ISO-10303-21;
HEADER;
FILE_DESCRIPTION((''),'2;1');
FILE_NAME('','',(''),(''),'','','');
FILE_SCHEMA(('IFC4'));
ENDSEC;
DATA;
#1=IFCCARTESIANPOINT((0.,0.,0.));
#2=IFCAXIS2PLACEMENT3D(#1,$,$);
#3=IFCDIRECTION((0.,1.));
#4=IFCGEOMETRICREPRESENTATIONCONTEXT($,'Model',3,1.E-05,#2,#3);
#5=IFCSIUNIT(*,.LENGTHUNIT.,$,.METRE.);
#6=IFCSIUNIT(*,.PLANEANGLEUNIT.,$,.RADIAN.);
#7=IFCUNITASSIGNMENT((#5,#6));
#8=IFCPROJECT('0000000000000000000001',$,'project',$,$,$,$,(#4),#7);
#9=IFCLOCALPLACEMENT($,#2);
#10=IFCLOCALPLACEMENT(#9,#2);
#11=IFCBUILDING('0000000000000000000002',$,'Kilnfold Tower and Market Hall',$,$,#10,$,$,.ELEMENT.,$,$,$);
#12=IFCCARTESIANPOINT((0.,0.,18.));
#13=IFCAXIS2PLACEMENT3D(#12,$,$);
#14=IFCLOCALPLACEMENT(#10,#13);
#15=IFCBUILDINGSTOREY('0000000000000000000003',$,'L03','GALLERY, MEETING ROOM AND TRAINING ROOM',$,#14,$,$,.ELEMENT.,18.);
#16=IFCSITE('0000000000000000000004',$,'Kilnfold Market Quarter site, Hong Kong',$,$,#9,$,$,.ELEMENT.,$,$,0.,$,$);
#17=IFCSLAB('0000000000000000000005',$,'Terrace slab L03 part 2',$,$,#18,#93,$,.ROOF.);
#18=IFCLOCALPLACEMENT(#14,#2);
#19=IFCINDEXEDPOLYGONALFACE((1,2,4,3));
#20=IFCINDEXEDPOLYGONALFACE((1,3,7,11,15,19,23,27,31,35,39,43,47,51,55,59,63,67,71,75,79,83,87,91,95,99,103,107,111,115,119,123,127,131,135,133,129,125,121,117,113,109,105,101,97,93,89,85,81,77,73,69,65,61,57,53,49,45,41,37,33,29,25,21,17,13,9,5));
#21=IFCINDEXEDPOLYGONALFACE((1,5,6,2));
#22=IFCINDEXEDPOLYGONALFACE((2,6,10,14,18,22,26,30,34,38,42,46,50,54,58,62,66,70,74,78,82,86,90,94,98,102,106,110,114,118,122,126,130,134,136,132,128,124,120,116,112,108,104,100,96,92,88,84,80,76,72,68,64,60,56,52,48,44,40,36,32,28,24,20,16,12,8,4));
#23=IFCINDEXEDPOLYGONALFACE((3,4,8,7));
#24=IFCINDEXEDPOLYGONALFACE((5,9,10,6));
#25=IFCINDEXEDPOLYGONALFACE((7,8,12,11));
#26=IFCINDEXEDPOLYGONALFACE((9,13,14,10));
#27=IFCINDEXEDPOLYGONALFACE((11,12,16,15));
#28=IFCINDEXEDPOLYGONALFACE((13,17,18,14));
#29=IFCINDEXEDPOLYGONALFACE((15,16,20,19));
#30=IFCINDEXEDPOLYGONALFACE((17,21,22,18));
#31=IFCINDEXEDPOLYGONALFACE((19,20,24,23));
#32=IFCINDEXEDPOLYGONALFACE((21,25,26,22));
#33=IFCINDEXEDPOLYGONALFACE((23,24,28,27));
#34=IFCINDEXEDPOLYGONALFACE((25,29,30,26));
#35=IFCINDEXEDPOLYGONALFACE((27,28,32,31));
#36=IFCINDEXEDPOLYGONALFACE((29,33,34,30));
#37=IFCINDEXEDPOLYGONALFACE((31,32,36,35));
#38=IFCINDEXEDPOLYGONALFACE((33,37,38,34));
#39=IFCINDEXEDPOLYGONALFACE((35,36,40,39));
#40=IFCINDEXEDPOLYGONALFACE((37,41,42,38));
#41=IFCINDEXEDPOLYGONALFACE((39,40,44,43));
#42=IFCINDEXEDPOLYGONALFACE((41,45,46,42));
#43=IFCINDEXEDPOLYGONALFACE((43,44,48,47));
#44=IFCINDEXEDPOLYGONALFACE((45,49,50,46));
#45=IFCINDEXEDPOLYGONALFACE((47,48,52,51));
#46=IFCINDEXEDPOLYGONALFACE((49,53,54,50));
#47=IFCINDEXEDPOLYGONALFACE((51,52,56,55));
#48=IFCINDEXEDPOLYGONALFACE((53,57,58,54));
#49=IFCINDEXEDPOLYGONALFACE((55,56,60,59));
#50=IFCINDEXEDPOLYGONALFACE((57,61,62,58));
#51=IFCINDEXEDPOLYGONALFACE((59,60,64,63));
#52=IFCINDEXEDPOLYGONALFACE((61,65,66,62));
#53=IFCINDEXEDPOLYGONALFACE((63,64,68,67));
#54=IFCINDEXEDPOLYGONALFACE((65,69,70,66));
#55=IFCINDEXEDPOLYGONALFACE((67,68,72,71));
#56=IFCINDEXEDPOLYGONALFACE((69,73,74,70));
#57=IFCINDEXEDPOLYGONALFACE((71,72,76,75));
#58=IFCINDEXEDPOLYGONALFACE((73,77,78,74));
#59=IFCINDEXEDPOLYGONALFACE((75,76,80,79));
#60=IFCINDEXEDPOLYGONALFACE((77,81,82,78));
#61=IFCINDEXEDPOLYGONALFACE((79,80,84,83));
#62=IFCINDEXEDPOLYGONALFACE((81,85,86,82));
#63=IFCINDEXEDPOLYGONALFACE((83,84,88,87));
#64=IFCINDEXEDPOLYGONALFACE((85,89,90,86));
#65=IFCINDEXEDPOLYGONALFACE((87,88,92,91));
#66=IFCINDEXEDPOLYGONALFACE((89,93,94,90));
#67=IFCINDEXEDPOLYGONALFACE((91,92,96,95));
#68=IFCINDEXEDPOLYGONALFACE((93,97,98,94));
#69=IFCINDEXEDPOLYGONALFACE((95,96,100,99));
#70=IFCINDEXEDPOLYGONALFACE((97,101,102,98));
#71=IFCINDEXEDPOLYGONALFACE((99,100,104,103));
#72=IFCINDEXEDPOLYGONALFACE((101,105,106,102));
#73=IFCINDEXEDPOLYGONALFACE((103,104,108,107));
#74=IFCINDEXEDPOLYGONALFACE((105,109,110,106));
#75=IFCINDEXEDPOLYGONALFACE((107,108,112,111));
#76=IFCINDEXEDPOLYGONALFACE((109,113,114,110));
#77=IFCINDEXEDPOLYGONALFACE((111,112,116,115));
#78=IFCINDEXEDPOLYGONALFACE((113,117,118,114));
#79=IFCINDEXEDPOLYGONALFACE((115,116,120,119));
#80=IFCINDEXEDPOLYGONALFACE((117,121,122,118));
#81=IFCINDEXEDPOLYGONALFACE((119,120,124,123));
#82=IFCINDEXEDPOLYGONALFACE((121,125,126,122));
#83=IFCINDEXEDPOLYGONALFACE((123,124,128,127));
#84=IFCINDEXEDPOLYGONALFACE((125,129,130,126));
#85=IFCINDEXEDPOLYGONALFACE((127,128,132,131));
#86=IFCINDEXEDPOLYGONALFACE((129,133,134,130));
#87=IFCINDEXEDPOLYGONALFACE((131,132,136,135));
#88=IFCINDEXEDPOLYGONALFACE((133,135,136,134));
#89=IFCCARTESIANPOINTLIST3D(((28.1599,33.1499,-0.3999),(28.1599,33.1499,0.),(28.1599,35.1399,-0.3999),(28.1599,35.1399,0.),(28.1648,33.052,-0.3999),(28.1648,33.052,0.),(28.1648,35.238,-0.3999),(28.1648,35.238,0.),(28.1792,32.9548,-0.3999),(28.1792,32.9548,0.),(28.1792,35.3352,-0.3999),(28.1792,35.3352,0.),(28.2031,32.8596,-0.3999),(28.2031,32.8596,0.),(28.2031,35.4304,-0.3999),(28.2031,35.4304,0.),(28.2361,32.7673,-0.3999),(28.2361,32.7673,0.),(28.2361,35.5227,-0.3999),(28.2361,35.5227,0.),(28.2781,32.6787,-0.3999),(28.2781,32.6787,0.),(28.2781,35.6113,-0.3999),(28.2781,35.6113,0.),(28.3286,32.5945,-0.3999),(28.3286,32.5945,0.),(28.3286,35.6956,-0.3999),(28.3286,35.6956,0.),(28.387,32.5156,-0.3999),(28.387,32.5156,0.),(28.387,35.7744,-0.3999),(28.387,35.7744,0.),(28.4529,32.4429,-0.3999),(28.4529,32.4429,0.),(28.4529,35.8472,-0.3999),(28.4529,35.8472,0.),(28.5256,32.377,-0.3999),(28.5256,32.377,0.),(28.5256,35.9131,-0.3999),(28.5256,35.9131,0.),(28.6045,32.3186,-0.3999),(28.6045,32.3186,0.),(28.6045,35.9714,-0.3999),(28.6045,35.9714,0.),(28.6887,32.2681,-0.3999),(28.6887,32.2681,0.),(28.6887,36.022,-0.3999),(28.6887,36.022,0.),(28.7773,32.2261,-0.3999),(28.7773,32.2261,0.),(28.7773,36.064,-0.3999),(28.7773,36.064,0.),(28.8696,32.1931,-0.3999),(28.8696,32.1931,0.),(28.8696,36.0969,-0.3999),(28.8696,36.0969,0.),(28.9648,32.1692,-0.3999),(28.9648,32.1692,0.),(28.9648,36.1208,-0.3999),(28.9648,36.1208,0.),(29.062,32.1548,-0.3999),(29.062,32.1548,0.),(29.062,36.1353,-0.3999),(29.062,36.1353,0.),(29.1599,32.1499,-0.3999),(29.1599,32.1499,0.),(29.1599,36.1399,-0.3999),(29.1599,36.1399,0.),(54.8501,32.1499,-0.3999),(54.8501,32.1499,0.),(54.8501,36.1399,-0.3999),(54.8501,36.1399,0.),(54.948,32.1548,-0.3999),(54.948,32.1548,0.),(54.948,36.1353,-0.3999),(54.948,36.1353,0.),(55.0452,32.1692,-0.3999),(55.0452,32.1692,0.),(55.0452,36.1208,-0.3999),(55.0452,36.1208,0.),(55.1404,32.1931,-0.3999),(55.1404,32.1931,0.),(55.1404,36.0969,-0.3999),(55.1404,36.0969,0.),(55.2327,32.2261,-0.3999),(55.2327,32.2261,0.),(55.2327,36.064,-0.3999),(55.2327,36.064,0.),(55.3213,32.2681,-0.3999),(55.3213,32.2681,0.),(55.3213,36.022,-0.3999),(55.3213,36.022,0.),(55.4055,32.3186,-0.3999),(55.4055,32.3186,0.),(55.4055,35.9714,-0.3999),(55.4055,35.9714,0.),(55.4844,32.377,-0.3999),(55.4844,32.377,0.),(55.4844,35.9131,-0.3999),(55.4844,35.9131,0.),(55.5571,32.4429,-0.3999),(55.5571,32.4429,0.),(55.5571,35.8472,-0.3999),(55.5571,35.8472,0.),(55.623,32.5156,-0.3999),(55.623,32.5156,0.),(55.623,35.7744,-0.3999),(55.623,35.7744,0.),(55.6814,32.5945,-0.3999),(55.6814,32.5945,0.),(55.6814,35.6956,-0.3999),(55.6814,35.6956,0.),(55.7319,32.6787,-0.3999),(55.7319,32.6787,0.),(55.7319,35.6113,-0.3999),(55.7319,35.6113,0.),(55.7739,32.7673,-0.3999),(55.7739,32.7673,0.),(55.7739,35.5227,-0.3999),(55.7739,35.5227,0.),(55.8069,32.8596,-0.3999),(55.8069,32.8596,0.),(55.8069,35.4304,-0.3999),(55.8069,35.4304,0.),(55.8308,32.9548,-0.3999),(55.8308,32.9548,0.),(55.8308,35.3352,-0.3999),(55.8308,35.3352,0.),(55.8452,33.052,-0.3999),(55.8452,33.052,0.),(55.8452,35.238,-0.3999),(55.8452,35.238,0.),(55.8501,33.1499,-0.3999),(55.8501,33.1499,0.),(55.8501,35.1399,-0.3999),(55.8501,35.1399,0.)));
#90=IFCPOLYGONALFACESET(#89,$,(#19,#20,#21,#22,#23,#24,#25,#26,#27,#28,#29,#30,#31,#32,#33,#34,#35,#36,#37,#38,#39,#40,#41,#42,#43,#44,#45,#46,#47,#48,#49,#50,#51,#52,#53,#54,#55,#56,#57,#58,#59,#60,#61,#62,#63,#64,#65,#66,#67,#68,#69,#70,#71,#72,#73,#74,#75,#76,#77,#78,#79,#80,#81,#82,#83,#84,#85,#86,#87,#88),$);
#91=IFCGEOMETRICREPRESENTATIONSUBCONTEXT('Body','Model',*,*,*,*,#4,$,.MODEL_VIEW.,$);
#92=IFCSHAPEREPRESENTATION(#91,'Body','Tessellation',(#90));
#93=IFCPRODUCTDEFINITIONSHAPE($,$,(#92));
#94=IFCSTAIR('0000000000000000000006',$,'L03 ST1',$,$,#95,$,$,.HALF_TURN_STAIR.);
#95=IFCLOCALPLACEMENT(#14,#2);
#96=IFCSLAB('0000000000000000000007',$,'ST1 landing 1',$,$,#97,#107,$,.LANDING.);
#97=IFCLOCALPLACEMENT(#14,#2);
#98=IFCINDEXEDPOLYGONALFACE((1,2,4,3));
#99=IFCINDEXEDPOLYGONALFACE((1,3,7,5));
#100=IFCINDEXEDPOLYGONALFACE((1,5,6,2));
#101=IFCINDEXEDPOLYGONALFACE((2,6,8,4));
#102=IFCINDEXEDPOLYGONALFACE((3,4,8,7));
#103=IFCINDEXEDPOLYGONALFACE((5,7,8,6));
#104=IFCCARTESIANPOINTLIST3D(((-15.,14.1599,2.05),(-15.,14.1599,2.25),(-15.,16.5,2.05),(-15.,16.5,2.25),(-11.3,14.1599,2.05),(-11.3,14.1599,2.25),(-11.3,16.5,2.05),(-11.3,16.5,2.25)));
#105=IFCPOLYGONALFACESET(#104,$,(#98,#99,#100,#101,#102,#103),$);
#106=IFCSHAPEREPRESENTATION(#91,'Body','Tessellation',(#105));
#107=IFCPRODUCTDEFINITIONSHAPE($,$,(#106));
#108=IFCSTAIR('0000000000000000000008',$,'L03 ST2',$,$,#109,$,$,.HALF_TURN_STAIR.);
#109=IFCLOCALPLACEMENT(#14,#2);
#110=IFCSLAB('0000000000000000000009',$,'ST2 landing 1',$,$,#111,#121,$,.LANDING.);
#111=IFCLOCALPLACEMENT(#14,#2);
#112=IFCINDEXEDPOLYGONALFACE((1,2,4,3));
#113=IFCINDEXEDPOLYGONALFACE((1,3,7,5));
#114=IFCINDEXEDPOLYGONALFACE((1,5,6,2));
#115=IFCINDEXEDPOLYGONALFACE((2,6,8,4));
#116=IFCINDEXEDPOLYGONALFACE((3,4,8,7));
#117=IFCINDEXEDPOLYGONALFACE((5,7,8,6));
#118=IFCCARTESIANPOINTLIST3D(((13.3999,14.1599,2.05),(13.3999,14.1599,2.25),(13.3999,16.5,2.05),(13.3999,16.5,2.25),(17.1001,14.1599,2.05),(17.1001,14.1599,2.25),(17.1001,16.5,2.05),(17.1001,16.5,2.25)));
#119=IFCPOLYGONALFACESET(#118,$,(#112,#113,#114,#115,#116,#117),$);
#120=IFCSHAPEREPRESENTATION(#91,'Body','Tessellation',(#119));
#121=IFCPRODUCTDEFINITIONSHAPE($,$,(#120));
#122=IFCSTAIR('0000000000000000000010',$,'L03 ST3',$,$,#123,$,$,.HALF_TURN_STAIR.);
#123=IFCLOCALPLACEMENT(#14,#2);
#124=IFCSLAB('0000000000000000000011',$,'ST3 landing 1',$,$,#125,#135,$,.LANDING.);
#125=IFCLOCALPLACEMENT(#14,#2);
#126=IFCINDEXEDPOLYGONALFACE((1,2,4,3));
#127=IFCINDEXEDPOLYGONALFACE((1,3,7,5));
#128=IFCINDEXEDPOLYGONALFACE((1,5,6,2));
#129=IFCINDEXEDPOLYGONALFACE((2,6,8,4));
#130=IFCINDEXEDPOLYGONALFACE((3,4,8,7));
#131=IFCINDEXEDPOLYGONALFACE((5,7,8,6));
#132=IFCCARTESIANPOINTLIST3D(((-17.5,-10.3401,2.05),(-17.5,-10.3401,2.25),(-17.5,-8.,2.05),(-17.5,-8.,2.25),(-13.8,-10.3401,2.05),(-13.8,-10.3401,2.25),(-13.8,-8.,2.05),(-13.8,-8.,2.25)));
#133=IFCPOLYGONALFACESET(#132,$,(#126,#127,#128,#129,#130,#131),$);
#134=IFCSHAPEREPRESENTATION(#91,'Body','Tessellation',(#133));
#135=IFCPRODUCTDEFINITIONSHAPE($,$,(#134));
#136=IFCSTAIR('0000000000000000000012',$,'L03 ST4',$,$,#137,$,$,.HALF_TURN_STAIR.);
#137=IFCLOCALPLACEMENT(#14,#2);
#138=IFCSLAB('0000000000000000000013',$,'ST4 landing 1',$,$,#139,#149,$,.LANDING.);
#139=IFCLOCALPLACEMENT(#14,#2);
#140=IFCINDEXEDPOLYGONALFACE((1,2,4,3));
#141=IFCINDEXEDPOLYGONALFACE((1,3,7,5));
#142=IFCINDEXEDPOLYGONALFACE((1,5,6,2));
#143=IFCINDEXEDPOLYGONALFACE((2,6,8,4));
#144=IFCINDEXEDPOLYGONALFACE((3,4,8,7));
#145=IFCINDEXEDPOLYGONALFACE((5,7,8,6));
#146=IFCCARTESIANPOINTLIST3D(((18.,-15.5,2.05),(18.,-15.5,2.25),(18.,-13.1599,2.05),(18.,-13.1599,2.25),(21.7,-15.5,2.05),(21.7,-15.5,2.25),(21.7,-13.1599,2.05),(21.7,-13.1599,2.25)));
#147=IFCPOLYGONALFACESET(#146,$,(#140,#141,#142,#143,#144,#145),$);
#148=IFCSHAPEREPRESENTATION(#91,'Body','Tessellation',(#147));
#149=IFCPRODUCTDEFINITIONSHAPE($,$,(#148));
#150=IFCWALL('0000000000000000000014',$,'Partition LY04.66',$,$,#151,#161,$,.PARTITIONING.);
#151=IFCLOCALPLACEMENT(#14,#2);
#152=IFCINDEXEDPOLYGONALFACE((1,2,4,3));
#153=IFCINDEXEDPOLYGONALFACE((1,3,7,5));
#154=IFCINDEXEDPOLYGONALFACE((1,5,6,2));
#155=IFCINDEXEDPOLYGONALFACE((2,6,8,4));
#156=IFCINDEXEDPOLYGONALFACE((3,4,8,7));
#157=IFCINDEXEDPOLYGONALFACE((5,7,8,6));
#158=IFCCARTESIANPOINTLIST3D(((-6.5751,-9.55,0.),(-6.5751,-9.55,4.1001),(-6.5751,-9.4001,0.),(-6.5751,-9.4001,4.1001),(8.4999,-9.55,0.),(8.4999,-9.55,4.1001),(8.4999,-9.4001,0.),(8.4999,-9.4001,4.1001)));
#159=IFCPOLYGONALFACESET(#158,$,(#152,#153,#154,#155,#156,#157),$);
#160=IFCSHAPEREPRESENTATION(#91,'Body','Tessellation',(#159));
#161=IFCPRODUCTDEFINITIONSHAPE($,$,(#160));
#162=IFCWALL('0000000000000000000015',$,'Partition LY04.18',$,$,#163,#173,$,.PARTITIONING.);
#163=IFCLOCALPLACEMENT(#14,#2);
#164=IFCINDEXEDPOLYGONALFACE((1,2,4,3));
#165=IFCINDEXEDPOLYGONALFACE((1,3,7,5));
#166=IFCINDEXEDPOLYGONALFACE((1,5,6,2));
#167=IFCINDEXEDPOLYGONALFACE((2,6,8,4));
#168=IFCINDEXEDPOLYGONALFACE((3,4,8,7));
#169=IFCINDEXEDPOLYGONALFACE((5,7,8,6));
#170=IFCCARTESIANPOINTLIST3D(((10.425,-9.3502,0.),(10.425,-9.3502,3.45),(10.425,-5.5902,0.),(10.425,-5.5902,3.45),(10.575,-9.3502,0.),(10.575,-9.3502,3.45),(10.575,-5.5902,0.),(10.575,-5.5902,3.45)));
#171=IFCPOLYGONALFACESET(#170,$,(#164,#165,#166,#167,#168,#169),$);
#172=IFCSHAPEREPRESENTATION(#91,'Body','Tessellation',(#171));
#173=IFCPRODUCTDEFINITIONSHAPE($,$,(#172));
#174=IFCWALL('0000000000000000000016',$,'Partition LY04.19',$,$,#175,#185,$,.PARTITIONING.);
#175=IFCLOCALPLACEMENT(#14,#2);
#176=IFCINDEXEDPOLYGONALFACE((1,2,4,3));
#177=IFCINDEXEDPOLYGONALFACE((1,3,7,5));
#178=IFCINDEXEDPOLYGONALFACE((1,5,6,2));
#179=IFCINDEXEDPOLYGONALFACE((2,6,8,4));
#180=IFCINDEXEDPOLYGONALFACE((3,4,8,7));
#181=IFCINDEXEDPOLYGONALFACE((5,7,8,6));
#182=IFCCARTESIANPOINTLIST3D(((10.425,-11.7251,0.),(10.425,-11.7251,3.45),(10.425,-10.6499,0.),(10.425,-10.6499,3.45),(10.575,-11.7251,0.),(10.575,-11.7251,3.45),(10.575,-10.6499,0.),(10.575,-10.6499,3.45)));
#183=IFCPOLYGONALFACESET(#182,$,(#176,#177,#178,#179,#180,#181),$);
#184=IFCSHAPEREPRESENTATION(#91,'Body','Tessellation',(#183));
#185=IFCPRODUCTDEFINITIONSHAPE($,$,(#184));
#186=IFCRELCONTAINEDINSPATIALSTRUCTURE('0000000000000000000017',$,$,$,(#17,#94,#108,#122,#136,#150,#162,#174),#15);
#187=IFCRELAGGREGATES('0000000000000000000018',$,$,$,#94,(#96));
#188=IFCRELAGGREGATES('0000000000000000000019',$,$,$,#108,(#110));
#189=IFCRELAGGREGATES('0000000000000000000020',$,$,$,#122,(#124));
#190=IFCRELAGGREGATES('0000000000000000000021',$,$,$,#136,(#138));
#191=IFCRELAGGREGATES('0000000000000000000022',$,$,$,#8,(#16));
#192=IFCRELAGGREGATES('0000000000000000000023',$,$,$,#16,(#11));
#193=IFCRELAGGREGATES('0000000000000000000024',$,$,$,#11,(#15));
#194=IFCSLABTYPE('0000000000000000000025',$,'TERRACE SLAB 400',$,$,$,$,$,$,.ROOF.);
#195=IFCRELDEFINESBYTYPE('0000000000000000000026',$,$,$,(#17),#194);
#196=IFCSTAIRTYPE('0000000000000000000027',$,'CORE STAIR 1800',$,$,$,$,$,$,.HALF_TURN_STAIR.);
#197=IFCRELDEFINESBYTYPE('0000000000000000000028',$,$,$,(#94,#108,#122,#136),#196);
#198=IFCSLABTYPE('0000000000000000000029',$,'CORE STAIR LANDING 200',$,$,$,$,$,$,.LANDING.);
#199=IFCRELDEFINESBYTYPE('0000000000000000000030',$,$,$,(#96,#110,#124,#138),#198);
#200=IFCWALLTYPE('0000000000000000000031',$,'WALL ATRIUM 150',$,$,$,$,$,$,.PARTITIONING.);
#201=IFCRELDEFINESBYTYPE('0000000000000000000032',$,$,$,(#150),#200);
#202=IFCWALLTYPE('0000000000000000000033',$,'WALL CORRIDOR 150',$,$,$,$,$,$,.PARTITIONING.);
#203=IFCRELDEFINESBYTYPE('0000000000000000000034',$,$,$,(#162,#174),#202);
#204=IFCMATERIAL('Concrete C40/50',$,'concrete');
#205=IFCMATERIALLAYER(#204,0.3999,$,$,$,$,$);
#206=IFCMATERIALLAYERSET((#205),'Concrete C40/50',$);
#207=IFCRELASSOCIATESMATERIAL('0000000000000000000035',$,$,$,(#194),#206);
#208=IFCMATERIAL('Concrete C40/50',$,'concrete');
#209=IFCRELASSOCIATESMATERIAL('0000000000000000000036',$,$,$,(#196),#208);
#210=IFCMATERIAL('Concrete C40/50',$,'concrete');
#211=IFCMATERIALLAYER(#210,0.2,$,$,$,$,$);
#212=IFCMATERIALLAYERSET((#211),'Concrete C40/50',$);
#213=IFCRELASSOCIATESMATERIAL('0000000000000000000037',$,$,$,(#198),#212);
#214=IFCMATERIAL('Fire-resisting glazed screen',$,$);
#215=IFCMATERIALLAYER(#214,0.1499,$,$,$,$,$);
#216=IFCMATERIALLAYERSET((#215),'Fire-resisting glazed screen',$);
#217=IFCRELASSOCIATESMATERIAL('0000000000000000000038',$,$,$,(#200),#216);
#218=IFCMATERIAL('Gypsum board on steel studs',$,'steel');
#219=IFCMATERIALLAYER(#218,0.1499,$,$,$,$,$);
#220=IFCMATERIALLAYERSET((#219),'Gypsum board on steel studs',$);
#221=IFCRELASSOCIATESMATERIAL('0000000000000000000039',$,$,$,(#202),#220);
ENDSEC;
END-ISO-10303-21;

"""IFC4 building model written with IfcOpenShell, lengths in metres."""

from ifc_helpers import new_model, si_unit, direction, frame, frame_2d, origin, place, context, subcontext, project, spatial, polyline, rectangle, outline, extrude, source, transform, mapped, material, layer, layer_set, type_object, element, aggregate, save


model = new_model("IFC4")

# Units and contexts
model_context = context("Model", 3, precision=1e-05, world=origin(), true_north=direction((0.0, 1.0)))
body_context = subcontext(model_context, "Body", "Model", "MODEL_VIEW")
ifc_project = project(units=[si_unit("LENGTHUNIT", "METRE"), si_unit("PLANEANGLEUNIT", "RADIAN")], contexts=[model_context])

# Site, building, storey
site_placement = place(None, origin())
site = spatial("IfcSite", under=ifc_project, at=site_placement, Name="Kilnfold Market Quarter site, Hong Kong", CompositionType="ELEMENT", RefElevation=0.0)
building_placement = place(site_placement, origin())
building = spatial("IfcBuilding", under=site, at=building_placement, Name="Kilnfold Tower and Market Hall", CompositionType="ELEMENT")
storey_placement = place(building_placement, frame((0.0, 0.0, 18.0)))
storey = spatial("IfcBuildingStorey", under=building, at=storey_placement, Name="L03", Description="GALLERY, MEETING ROOM AND TRAINING ROOM", CompositionType="ELEMENT", Elevation=18.0)

# Slab
ifc_material_1 = material(Name="Concrete C40/50", Category="concrete")
ifc_layer_1 = layer(ifc_material_1, 0.3999)
ifc_layer_set_1 = layer_set([ifc_layer_1], Name="Concrete C40/50")
slab_type_1 = type_object("IfcSlabType", Name="TERRACE SLAB 400", PredefinedType="ROOF", material=ifc_layer_set_1)
shared_shape_1 = source(origin(), body_context, "Body", "SweptSolid", [
    extrude(outline(polyline([(55.8501, 33.1499), (55.8452, 33.052), (55.8308, 32.9548), (55.8069, 32.8596), (55.7739, 32.7673), (55.7319, 32.6787), (55.6814, 32.5945), (55.623, 32.5156), (55.5571, 32.4429), (55.4844, 32.377), (55.4055, 32.3186), (55.3213, 32.2681), (55.2327, 32.2261), (55.1404, 32.1931), (55.0452, 32.1692), (54.948, 32.1548), (54.8501, 32.1499), (29.1599, 32.1499), (29.062, 32.1548), (28.9648, 32.1692), (28.8696, 32.1931), (28.7773, 32.2261), (28.6887, 32.2681), (28.6045, 32.3186), (28.5256, 32.377), (28.4529, 32.4429), (28.387, 32.5156), (28.3286, 32.5945), (28.2781, 32.6787), (28.2361, 32.7673), (28.2031, 32.8596), (28.1792, 32.9548), (28.1648, 33.052), (28.1599, 33.1499), (28.1599, 35.1399), (28.1648, 35.238), (28.1792, 35.3352), (28.2031, 35.4304), (28.2361, 35.5227), (28.2781, 35.6113), (28.3286, 35.6956), (28.387, 35.7744), (28.4529, 35.8472), (28.5256, 35.9131), (28.6045, 35.9714), (28.6887, 36.022), (28.7773, 36.064), (28.8696, 36.0969), (28.9648, 36.1208), (29.062, 36.1353), (29.1599, 36.1399), (54.8501, 36.1399), (54.948, 36.1353), (55.0452, 36.1208), (55.1404, 36.0969), (55.2327, 36.064), (55.3213, 36.022), (55.4055, 35.9714), (55.4844, 35.9131), (55.5571, 35.8472), (55.623, 35.7744), (55.6814, 35.6956), (55.7319, 35.6113), (55.7739, 35.5227), (55.8069, 35.4304), (55.8308, 35.3352), (55.8452, 35.238), (55.8501, 35.1399), (55.8501, 33.1499)])), origin(), (0.0, 0.0, 1.0), 0.3999),
])
slab_1_placement = place(storey_placement, frame((0.0, 0.0, -0.3999)))
element("IfcSlab", 1, at=slab_1_placement, inside=storey, type_object=slab_type_1, Name="Terrace slab L03 part 2", PredefinedType="ROOF", context=body_context, shape_type="MappedRepresentation", body=[
    mapped(shared_shape_1, transform((0.0, 0.0, 0.0))),
])

# Stairs, slabs
ifc_material_2 = material(Name="Concrete C40/50", Category="concrete")
stair_type = type_object("IfcStairType", Name="CORE STAIR 1800", PredefinedType="HALF_TURN_STAIR", material=ifc_material_2)
stair_1_placement = place(storey_placement, origin())
stair_1 = element("IfcStair", 2, at=stair_1_placement, inside=storey, type_object=stair_type, Name="L03 ST1", PredefinedType="HALF_TURN_STAIR")
ifc_material_3 = material(Name="Concrete C40/50", Category="concrete")
ifc_layer_2 = layer(ifc_material_3, 0.2)
ifc_layer_set_2 = layer_set([ifc_layer_2], Name="Concrete C40/50")
slab_type_2 = type_object("IfcSlabType", Name="CORE STAIR LANDING 200", PredefinedType="LANDING", material=ifc_layer_set_2)
shared_shape_2 = source(origin(), body_context, "Body", "SweptSolid", [
    extrude(outline(polyline([(-11.3, 14.1599), (-11.3, 16.5), (-15.0, 16.5), (-15.0, 14.1599), (-11.3, 14.1599)])), origin(), (0.0, 0.0, 1.0), 0.2),
])
slab_2_placement = place(storey_placement, frame((0.0, 0.0, 2.05)))
slab_2 = element("IfcSlab", 3, at=slab_2_placement, type_object=slab_type_2, Name="ST1 landing 1", PredefinedType="LANDING", context=body_context, shape_type="MappedRepresentation", body=[
    mapped(shared_shape_2, transform((0.0, 0.0, 0.0))),
])
aggregate(stair_1, [slab_2])
stair_2_placement = place(storey_placement, origin())
stair_2 = element("IfcStair", 4, at=stair_2_placement, inside=storey, type_object=stair_type, Name="L03 ST2", PredefinedType="HALF_TURN_STAIR")
shared_shape_3 = source(origin(), body_context, "Body", "SweptSolid", [
    extrude(outline(polyline([(17.1001, 14.1599), (17.1001, 16.5), (13.3999, 16.5), (13.3999, 14.1599), (17.1001, 14.1599)])), origin(), (0.0, 0.0, 1.0), 0.2),
])
slab_3_placement = place(storey_placement, frame((0.0, 0.0, 2.05)))
slab_3 = element("IfcSlab", 5, at=slab_3_placement, type_object=slab_type_2, Name="ST2 landing 1", PredefinedType="LANDING", context=body_context, shape_type="MappedRepresentation", body=[
    mapped(shared_shape_3, transform((0.0, 0.0, 0.0))),
])
aggregate(stair_2, [slab_3])
stair_3_placement = place(storey_placement, origin())
stair_3 = element("IfcStair", 6, at=stair_3_placement, inside=storey, type_object=stair_type, Name="L03 ST3", PredefinedType="HALF_TURN_STAIR")
shared_shape_4 = source(origin(), body_context, "Body", "SweptSolid", [
    extrude(outline(polyline([(-13.8, -10.3401), (-13.8, -8.0), (-17.5, -8.0), (-17.5, -10.3401), (-13.8, -10.3401)])), origin(), (0.0, 0.0, 1.0), 0.2),
])
slab_4_placement = place(storey_placement, frame((0.0, 0.0, 2.05)))
slab_4 = element("IfcSlab", 7, at=slab_4_placement, type_object=slab_type_2, Name="ST3 landing 1", PredefinedType="LANDING", context=body_context, shape_type="MappedRepresentation", body=[
    mapped(shared_shape_4, transform((0.0, 0.0, 0.0))),
])
aggregate(stair_3, [slab_4])
stair_4_placement = place(storey_placement, origin())
stair_4 = element("IfcStair", 8, at=stair_4_placement, inside=storey, type_object=stair_type, Name="L03 ST4", PredefinedType="HALF_TURN_STAIR")
shared_shape_5 = source(origin(), body_context, "Body", "SweptSolid", [
    extrude(outline(polyline([(18.0, -13.1599), (18.0, -15.5), (21.7, -15.5), (21.7, -13.1599), (18.0, -13.1599)])), origin(), (0.0, 0.0, 1.0), 0.2),
])
slab_5_placement = place(storey_placement, frame((0.0, 0.0, 2.05)))
slab_5 = element("IfcSlab", 9, at=slab_5_placement, type_object=slab_type_2, Name="ST4 landing 1", PredefinedType="LANDING", context=body_context, shape_type="MappedRepresentation", body=[
    mapped(shared_shape_5, transform((0.0, 0.0, 0.0))),
])
aggregate(stair_4, [slab_5])

# Walls
ifc_material_4 = material(Name="Fire-resisting glazed screen")
ifc_layer_3 = layer(ifc_material_4, 0.1499)
ifc_layer_set_3 = layer_set([ifc_layer_3], Name="Fire-resisting glazed screen")
wall_type_1 = type_object("IfcWallType", Name="WALL ATRIUM 150", PredefinedType="PARTITIONING", material=ifc_layer_set_3)
wall_1_placement = place(storey_placement, frame((8.5, -9.4751, 0.0), z_axis=(0.0, 0.0, 1.0), x_axis=(-1.0, 0.0, 0.0)))
element("IfcWall", 10, at=wall_1_placement, inside=storey, type_object=wall_type_1, Name="Partition LY04.66", PredefinedType="PARTITIONING", context=body_context, shape_type="SweptSolid", body=[
    extrude(rectangle(XDim=15.075, YDim=0.1499, at=frame_2d((7.5376, 0.0))), origin(), (0.0, 0.0, 1.0), 4.1001),
])
ifc_material_5 = material(Name="Gypsum board on steel studs", Category="steel")
ifc_layer_4 = layer(ifc_material_5, 0.1499)
ifc_layer_set_4 = layer_set([ifc_layer_4], Name="Gypsum board on steel studs")
wall_type_2 = type_object("IfcWallType", Name="WALL CORRIDOR 150", PredefinedType="PARTITIONING", material=ifc_layer_set_4)
wall_2_placement = place(storey_placement, frame((10.5, -9.3501, 0.0), z_axis=(0.0, 0.0, 1.0), x_axis=(0.0, 1.0, 0.0)))
element("IfcWall", 11, at=wall_2_placement, inside=storey, type_object=wall_type_2, Name="Partition LY04.18", PredefinedType="PARTITIONING", context=body_context, shape_type="SweptSolid", body=[
    extrude(rectangle(XDim=3.76, YDim=0.1499, at=frame_2d((1.8799, 0.0))), origin(), (0.0, 0.0, 1.0), 3.45),
])
wall_3_placement = place(storey_placement, frame((10.5, -11.7251, 0.0), z_axis=(0.0, 0.0, 1.0), x_axis=(0.0, 1.0, 0.0)))
element("IfcWall", 12, at=wall_3_placement, inside=storey, type_object=wall_type_2, Name="Partition LY04.19", PredefinedType="PARTITIONING", context=body_context, shape_type="SweptSolid", body=[
    extrude(rectangle(XDim=1.0752, YDim=0.1499, at=frame_2d((0.5376, 0.0))), origin(), (0.0, 0.0, 1.0), 3.45),
])

save(model, "model.ifc")
